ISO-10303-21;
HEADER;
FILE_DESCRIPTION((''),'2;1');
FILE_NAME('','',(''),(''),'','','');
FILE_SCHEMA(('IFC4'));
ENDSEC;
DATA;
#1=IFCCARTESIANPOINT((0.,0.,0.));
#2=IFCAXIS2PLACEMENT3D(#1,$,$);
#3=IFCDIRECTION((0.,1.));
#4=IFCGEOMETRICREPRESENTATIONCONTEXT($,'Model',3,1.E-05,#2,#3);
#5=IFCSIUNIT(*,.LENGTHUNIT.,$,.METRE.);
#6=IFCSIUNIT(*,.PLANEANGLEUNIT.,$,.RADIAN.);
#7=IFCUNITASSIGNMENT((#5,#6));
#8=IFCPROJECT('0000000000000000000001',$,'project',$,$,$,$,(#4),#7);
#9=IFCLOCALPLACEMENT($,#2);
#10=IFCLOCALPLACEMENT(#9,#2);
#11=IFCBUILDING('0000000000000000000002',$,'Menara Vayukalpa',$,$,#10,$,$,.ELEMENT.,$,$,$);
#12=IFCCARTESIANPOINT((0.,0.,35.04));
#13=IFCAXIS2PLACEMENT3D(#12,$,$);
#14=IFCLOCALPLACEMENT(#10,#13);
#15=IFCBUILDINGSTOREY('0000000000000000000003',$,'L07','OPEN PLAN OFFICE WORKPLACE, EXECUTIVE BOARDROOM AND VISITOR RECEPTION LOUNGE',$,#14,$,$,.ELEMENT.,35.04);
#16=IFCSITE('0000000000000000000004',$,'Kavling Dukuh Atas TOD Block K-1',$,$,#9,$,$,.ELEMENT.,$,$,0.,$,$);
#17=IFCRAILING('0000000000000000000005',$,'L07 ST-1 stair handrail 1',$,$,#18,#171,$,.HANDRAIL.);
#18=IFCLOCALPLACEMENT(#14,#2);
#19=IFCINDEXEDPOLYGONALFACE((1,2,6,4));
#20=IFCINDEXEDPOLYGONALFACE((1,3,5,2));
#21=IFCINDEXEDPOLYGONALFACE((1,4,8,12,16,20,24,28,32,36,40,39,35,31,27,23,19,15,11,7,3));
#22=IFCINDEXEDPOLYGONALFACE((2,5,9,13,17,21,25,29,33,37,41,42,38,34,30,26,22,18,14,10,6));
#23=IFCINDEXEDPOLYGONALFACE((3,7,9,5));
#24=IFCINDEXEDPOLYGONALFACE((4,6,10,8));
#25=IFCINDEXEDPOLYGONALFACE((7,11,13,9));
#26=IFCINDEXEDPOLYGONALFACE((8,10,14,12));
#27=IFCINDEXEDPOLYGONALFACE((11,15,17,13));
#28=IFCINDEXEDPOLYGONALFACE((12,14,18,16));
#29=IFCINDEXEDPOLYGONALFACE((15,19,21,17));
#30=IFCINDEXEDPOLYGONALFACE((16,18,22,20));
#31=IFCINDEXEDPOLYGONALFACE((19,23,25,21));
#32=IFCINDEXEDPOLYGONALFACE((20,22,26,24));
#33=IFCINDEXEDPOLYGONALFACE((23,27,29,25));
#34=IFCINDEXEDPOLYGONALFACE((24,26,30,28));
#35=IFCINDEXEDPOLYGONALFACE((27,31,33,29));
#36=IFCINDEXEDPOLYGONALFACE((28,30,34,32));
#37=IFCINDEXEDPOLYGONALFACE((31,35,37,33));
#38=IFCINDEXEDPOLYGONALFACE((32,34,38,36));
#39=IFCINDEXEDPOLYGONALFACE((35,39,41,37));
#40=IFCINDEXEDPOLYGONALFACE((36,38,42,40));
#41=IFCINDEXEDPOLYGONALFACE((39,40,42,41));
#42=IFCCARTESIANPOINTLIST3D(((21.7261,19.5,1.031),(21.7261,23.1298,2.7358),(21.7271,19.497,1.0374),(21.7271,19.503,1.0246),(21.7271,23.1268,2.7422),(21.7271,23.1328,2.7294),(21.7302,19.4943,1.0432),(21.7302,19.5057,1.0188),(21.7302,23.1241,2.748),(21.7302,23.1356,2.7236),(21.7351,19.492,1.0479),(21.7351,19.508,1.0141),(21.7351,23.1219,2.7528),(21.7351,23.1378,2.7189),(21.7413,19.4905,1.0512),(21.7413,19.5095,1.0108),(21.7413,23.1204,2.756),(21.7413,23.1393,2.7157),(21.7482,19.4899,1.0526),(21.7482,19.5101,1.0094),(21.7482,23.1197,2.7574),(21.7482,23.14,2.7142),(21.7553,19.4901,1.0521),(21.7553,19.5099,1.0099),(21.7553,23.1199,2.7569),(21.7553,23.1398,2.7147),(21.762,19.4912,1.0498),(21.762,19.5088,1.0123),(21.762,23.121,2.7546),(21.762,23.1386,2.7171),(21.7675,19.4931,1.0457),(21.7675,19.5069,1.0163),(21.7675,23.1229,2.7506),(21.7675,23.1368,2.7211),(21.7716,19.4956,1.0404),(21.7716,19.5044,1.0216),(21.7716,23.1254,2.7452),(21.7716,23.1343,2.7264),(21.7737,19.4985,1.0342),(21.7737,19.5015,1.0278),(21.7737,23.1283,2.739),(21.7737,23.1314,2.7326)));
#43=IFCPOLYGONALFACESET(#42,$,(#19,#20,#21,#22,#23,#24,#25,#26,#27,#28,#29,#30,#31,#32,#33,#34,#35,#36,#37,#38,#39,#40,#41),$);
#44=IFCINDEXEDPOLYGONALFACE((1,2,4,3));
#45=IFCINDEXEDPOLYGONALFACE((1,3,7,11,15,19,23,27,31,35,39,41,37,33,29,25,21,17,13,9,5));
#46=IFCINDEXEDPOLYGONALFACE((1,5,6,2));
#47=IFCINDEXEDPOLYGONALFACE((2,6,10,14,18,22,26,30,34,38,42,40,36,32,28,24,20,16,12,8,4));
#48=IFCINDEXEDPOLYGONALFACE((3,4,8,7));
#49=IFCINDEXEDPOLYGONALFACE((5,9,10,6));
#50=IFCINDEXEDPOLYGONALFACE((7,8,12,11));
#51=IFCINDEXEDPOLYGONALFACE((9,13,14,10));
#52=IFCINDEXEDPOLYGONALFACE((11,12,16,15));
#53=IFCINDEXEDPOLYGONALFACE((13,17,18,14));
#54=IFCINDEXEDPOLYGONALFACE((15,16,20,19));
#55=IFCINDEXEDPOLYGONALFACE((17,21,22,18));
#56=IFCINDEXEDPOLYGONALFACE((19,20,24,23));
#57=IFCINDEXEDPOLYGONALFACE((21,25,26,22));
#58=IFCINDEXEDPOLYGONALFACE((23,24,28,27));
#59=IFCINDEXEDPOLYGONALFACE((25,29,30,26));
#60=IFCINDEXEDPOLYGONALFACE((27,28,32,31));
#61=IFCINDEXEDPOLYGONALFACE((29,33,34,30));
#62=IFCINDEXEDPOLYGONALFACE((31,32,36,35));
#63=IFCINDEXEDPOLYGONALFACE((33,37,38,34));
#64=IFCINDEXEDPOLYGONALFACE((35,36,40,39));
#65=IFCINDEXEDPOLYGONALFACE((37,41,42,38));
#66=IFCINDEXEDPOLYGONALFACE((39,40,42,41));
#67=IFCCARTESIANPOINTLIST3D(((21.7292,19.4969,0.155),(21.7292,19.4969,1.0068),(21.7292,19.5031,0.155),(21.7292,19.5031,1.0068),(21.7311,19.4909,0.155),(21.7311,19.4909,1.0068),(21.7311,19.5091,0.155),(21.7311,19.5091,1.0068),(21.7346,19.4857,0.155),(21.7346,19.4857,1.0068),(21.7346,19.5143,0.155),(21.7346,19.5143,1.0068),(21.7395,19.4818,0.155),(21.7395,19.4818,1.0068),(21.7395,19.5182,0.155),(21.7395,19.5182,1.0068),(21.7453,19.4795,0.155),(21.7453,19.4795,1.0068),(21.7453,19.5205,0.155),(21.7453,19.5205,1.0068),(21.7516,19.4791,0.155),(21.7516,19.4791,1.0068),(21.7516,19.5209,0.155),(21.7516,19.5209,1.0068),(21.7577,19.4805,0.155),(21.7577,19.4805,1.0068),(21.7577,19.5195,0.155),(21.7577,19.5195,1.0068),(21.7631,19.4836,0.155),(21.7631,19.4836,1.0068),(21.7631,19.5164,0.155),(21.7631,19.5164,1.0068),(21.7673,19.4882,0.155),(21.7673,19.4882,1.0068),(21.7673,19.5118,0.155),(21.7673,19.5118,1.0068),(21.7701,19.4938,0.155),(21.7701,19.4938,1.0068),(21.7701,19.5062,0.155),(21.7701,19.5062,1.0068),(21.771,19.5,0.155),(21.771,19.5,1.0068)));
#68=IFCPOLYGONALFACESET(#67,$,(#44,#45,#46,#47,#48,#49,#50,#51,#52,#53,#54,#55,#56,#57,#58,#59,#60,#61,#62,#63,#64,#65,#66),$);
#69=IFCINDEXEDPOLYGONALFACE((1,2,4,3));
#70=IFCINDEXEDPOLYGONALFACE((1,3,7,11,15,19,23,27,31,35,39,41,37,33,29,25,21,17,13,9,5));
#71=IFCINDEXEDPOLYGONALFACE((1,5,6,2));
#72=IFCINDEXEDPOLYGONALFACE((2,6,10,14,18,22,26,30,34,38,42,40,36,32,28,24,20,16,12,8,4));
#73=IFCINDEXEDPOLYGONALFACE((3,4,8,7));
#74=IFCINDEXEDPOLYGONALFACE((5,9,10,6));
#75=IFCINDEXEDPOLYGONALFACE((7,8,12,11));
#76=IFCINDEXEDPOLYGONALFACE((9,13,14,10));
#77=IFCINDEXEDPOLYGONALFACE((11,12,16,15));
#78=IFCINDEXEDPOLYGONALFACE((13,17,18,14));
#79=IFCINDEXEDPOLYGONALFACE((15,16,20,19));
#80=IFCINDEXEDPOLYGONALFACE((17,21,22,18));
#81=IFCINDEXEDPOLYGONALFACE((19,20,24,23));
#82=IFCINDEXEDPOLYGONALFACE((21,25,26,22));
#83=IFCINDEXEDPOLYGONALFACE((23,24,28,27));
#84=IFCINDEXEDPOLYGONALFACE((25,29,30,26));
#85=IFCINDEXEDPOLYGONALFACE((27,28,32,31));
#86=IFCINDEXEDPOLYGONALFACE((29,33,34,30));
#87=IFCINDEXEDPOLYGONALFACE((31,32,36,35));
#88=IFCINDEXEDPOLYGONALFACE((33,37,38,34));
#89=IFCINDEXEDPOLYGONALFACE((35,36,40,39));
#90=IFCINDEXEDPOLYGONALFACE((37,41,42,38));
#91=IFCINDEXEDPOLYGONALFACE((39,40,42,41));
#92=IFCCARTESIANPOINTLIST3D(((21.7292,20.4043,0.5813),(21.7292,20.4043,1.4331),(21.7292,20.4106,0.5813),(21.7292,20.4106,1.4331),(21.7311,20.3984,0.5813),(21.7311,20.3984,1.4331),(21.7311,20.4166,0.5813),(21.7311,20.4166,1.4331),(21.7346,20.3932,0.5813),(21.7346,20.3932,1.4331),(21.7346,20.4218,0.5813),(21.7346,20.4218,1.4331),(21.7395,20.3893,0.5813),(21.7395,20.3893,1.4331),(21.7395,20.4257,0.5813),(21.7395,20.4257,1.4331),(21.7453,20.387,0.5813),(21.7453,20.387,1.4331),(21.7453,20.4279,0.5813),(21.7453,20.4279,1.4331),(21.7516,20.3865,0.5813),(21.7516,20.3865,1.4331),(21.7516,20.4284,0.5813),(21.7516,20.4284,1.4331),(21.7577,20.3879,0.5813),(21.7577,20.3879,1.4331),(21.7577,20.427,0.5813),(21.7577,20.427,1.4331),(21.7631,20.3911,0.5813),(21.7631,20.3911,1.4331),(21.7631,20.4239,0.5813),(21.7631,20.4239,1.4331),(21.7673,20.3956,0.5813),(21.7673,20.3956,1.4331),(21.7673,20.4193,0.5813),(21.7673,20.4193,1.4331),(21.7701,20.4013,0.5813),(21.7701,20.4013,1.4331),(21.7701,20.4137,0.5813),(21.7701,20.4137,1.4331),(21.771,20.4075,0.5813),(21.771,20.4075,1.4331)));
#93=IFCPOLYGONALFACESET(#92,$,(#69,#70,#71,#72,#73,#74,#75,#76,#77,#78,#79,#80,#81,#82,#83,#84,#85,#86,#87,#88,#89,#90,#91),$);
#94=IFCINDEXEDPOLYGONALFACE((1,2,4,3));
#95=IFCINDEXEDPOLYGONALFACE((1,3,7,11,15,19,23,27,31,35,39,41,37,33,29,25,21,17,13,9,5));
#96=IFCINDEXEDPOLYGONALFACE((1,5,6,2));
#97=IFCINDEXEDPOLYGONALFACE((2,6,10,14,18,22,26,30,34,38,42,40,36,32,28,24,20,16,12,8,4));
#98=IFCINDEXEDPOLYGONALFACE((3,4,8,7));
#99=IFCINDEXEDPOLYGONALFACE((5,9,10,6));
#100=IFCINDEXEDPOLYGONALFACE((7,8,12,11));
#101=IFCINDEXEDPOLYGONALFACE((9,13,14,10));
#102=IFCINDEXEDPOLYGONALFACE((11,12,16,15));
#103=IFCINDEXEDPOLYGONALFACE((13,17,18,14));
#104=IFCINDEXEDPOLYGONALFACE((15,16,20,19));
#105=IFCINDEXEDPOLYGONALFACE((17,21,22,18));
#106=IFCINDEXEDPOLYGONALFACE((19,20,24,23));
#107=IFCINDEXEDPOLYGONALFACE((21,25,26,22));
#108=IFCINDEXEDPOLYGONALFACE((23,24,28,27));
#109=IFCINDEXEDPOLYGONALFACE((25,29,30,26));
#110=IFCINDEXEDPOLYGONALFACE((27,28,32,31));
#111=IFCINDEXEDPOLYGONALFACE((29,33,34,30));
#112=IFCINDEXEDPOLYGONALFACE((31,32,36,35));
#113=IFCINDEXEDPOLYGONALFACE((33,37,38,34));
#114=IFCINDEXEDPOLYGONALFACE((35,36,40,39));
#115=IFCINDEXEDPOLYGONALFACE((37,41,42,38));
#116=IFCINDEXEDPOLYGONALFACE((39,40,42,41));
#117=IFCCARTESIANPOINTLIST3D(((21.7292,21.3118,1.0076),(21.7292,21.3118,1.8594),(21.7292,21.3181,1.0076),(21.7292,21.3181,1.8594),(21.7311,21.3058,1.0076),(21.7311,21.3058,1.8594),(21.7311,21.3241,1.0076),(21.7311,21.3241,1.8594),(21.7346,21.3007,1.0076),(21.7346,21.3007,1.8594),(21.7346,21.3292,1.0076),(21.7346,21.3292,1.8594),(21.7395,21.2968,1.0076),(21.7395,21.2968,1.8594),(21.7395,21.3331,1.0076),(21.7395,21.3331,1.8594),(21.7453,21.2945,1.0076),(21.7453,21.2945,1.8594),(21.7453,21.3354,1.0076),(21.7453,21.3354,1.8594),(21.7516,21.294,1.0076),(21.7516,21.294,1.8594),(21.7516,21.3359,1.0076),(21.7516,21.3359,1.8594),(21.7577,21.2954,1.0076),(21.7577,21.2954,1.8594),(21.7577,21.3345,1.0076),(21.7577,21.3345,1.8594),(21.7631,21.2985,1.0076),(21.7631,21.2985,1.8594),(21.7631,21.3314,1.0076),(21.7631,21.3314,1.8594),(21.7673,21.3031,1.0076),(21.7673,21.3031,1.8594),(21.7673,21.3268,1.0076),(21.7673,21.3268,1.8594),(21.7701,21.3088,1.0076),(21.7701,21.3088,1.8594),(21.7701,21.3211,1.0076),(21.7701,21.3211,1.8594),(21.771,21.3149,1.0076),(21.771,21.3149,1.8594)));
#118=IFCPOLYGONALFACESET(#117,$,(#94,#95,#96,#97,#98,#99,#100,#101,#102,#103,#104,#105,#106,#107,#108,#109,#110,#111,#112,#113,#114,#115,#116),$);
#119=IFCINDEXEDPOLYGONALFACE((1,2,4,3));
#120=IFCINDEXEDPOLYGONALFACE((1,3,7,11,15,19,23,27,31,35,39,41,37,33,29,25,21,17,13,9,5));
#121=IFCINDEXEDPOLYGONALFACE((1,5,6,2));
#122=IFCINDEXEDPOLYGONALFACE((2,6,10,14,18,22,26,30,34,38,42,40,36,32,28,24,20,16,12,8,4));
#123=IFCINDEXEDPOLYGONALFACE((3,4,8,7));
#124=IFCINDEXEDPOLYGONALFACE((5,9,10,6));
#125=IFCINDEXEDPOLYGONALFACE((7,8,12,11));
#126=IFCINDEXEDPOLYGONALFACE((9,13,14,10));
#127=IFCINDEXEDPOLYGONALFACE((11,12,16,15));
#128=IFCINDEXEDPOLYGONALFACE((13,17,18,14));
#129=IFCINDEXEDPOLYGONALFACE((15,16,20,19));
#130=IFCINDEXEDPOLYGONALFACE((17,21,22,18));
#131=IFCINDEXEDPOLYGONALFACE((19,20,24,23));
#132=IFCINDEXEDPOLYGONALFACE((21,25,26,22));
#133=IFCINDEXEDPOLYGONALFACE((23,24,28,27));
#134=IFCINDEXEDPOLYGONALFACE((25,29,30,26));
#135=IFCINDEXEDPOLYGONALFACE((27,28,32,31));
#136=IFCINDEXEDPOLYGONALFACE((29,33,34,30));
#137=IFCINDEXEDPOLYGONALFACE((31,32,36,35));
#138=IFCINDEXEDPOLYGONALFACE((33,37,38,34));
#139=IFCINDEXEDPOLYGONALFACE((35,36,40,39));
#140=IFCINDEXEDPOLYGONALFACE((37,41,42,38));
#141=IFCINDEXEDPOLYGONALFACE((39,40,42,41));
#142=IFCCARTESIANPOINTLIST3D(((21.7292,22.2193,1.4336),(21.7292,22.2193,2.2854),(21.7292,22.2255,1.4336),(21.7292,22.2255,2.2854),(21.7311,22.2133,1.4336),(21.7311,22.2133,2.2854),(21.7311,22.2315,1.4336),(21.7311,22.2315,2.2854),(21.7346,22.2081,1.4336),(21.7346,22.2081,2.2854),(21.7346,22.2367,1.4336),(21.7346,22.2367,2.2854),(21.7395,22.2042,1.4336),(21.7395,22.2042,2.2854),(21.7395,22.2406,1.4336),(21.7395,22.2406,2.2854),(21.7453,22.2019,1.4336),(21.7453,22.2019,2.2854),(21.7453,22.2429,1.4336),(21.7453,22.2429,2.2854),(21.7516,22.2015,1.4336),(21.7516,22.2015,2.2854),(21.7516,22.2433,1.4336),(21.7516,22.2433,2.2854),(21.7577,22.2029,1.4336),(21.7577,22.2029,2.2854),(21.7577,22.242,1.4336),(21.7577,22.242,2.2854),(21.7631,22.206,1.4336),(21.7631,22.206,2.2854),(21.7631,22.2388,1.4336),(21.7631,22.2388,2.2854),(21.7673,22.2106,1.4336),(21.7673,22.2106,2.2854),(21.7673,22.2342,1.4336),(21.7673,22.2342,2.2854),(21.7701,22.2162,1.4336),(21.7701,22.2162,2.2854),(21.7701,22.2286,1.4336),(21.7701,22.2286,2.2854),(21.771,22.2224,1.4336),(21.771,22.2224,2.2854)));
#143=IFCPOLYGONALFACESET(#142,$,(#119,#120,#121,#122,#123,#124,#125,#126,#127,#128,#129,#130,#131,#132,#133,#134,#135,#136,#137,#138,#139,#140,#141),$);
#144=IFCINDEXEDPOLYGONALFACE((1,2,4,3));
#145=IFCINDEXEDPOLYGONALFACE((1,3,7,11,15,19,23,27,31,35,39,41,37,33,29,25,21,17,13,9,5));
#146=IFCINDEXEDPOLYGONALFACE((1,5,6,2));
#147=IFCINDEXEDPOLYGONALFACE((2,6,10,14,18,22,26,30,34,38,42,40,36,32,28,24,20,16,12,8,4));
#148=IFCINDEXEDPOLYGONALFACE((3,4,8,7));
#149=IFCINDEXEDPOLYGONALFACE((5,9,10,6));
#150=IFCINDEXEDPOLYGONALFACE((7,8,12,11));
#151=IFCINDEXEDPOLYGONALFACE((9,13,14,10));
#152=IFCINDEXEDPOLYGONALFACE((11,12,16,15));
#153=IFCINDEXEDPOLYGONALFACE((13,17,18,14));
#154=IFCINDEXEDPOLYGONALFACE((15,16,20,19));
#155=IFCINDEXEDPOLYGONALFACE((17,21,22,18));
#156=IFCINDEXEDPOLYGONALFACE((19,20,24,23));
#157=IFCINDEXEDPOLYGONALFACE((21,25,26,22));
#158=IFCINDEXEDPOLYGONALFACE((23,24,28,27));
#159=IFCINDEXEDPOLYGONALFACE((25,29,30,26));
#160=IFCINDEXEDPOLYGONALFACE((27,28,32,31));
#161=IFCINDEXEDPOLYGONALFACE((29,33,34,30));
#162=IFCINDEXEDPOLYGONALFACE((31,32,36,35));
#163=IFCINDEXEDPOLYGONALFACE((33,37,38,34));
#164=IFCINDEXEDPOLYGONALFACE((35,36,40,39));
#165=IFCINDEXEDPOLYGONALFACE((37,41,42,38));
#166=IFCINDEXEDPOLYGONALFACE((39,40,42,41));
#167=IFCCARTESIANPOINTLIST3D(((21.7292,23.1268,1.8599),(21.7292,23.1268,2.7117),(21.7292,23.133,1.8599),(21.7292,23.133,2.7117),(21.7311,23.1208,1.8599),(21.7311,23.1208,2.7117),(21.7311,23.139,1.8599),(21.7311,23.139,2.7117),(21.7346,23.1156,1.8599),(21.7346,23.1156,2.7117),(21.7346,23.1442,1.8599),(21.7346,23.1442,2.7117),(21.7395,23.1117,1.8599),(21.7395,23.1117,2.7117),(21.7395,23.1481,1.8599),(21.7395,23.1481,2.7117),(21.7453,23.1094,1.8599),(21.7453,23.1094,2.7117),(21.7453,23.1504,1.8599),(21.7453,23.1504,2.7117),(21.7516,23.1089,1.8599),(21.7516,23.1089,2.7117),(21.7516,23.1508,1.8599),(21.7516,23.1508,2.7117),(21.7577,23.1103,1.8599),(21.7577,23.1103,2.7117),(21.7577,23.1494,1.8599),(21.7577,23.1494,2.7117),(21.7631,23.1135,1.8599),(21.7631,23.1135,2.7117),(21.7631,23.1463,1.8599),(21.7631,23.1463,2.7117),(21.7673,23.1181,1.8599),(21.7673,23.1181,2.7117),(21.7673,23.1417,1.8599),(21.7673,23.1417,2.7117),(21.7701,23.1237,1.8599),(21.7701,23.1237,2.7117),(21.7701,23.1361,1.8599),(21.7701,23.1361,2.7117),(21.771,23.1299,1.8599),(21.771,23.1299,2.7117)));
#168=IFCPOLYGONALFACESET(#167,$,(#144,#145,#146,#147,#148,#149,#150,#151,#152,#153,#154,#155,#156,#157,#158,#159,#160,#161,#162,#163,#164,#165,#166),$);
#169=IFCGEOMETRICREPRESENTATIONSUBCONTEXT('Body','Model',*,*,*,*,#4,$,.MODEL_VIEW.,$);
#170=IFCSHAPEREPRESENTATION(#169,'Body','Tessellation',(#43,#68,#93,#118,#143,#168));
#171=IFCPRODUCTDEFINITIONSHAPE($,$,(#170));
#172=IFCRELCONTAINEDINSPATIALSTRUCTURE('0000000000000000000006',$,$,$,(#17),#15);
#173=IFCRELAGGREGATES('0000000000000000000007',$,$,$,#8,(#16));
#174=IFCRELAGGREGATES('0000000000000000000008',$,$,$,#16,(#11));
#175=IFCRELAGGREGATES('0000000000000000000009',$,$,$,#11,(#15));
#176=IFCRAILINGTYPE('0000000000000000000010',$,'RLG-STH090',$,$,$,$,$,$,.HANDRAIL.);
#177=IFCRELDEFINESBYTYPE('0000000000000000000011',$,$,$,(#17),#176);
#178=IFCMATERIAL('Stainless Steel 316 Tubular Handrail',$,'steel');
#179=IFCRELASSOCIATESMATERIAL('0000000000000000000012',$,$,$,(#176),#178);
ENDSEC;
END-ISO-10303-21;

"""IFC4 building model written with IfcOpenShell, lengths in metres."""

from ifc_helpers import new_model, si_unit, direction, frame, origin, origin_2d, place, context, subcontext, project, spatial, circle, extrude, material, type_object, element, save


model = new_model("IFC4")

# Units and contexts
model_context = context("Model", 3, precision=1e-05, world=origin(), true_north=direction((0.0, 1.0)))
body_context = subcontext(model_context, "Body", "Model", "MODEL_VIEW")
ifc_project = project(units=[si_unit("LENGTHUNIT", "METRE"), si_unit("PLANEANGLEUNIT", "RADIAN")], contexts=[model_context])

# Site, building, storey
site_placement = place(None, origin())
site = spatial("IfcSite", under=ifc_project, at=site_placement, Name="Kavling Dukuh Atas TOD Block K-1", CompositionType="ELEMENT", RefElevation=0.0)
building_placement = place(site_placement, origin())
building = spatial("IfcBuilding", under=site, at=building_placement, Name="Menara Vayukalpa", CompositionType="ELEMENT")
storey_placement = place(building_placement, frame((0.0, 0.0, 35.04)))
storey = spatial("IfcBuildingStorey", under=building, at=storey_placement, Name="L07", Description="OPEN PLAN OFFICE WORKPLACE, EXECUTIVE BOARDROOM AND VISITOR RECEPTION LOUNGE", CompositionType="ELEMENT", Elevation=35.04)

# Railing
ifc_material_1 = material(Name="Stainless Steel 316 Tubular Handrail", Category="steel")
railing_type_1 = type_object("IfcRailingType", Name="RLG-STH090", PredefinedType="HANDRAIL", material=ifc_material_1)
railing_1_placement = place(storey_placement, frame((21.75, 19.5, 0.155)))
element("IfcRailing", 1, at=railing_1_placement, inside=storey, type_object=railing_type_1, Name="L07 ST-1 stair handrail 1", PredefinedType="HANDRAIL", context=body_context, shape_type="SweptSolid", body=[
    extrude(circle(Radius=0.0239, at=origin_2d()), frame((0.0, 0.0, 0.876), z_axis=(0.0, 0.90514, 0.425114), x_axis=(-1.0, 0.0, 0.0)), (0.0, 0.0, 1.0), 4.0103),
    extrude(circle(Radius=0.021, at=origin_2d()), origin(), (0.0, 0.0, 1.0), 0.8518),
    extrude(circle(Radius=0.021, at=origin_2d()), frame((0.0, 0.9075, 0.4263)), (0.0, 0.0, 1.0), 0.8518),
    extrude(circle(Radius=0.021, at=origin_2d()), frame((0.0, 1.8149, 0.8525)), (0.0, 0.0, 1.0), 0.8518),
    extrude(circle(Radius=0.021, at=origin_2d()), frame((0.0, 2.7224, 1.2786)), (0.0, 0.0, 1.0), 0.8518),
    extrude(circle(Radius=0.021, at=origin_2d()), frame((0.0, 3.6299, 1.7048)), (0.0, 0.0, 1.0), 0.8518),
])

save(model, "model.ifc")
